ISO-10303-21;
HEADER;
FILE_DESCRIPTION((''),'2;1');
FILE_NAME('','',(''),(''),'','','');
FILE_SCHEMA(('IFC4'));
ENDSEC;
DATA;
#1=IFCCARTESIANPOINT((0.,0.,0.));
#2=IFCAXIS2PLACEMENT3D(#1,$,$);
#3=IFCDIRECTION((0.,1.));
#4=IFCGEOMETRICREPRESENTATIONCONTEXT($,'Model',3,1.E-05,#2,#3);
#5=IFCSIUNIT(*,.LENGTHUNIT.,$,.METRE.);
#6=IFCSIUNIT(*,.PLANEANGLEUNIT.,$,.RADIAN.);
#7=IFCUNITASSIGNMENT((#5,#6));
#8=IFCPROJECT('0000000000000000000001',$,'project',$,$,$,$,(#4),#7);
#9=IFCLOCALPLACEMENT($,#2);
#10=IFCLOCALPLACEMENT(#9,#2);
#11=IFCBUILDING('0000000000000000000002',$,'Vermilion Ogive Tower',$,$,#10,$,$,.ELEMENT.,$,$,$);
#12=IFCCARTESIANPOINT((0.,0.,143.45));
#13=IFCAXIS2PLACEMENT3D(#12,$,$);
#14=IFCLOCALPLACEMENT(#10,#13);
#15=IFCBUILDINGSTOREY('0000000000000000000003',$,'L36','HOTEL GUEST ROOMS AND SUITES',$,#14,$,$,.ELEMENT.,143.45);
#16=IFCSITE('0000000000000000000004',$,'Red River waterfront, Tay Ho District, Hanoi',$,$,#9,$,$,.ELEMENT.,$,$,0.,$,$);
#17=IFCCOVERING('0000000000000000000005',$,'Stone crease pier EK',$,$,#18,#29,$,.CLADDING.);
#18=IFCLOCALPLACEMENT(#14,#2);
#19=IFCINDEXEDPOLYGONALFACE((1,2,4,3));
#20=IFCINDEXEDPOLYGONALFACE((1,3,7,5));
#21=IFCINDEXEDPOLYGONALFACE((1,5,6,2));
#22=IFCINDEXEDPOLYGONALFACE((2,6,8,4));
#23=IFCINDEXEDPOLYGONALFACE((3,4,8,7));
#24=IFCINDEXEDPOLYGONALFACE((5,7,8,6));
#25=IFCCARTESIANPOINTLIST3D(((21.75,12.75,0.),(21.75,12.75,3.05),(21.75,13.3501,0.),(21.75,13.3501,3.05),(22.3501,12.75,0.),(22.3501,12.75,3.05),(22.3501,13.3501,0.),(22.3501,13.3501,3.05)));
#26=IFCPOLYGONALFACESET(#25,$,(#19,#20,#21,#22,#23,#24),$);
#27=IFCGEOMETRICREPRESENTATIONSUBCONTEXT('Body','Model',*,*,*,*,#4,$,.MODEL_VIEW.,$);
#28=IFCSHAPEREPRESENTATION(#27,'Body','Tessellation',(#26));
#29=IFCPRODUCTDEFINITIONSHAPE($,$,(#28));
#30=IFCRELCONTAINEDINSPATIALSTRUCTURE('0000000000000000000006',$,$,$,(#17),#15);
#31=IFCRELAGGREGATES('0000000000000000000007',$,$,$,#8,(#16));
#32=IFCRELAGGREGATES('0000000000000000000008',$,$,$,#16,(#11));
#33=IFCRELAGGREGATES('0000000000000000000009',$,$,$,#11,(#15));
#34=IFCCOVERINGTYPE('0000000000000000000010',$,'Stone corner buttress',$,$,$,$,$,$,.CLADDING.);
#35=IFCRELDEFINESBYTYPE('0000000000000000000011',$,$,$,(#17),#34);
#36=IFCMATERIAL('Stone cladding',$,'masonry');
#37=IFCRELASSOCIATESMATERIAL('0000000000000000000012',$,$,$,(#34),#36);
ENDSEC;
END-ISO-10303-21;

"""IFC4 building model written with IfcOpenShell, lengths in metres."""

from ifc_helpers import new_model, si_unit, direction, frame, origin, place, context, subcontext, project, spatial, polyline, outline, extrude, material, type_object, element, save


model = new_model("IFC4")

# Units and contexts
model_context = context("Model", 3, precision=1e-05, world=origin(), true_north=direction((0.0, 1.0)))
body_context = subcontext(model_context, "Body", "Model", "MODEL_VIEW")
ifc_project = project(units=[si_unit("LENGTHUNIT", "METRE"), si_unit("PLANEANGLEUNIT", "RADIAN")], contexts=[model_context])

# Site, building, storey
site_placement = place(None, origin())
site = spatial("IfcSite", under=ifc_project, at=site_placement, Name="Red River waterfront, Tay Ho District, Hanoi", CompositionType="ELEMENT", RefElevation=0.0)
building_placement = place(site_placement, origin())
building = spatial("IfcBuilding", under=site, at=building_placement, Name="Vermilion Ogive Tower", CompositionType="ELEMENT")
storey_placement = place(building_placement, frame((0.0, 0.0, 143.45)))
storey = spatial("IfcBuildingStorey", under=building, at=storey_placement, Name="L36", Description="HOTEL GUEST ROOMS AND SUITES", CompositionType="ELEMENT", Elevation=143.45)

# Covering
ifc_material_1 = material(Name="Stone cladding", Category="masonry")
covering_type_1 = type_object("IfcCoveringType", Name="Stone corner buttress", PredefinedType="CLADDING", material=ifc_material_1)
covering_1_placement = place(storey_placement, origin())
element("IfcCovering", 1, at=covering_1_placement, inside=storey, type_object=covering_type_1, Name="Stone crease pier EK", PredefinedType="CLADDING", context=body_context, shape_type="SweptSolid", body=[
    extrude(outline(polyline([(22.3501, 12.75), (22.3501, 13.3501), (21.75, 13.3501), (21.75, 12.75), (22.3501, 12.75)])), origin(), (0.0, 0.0, 1.0), 3.05),
])

save(model, "model.ifc")
